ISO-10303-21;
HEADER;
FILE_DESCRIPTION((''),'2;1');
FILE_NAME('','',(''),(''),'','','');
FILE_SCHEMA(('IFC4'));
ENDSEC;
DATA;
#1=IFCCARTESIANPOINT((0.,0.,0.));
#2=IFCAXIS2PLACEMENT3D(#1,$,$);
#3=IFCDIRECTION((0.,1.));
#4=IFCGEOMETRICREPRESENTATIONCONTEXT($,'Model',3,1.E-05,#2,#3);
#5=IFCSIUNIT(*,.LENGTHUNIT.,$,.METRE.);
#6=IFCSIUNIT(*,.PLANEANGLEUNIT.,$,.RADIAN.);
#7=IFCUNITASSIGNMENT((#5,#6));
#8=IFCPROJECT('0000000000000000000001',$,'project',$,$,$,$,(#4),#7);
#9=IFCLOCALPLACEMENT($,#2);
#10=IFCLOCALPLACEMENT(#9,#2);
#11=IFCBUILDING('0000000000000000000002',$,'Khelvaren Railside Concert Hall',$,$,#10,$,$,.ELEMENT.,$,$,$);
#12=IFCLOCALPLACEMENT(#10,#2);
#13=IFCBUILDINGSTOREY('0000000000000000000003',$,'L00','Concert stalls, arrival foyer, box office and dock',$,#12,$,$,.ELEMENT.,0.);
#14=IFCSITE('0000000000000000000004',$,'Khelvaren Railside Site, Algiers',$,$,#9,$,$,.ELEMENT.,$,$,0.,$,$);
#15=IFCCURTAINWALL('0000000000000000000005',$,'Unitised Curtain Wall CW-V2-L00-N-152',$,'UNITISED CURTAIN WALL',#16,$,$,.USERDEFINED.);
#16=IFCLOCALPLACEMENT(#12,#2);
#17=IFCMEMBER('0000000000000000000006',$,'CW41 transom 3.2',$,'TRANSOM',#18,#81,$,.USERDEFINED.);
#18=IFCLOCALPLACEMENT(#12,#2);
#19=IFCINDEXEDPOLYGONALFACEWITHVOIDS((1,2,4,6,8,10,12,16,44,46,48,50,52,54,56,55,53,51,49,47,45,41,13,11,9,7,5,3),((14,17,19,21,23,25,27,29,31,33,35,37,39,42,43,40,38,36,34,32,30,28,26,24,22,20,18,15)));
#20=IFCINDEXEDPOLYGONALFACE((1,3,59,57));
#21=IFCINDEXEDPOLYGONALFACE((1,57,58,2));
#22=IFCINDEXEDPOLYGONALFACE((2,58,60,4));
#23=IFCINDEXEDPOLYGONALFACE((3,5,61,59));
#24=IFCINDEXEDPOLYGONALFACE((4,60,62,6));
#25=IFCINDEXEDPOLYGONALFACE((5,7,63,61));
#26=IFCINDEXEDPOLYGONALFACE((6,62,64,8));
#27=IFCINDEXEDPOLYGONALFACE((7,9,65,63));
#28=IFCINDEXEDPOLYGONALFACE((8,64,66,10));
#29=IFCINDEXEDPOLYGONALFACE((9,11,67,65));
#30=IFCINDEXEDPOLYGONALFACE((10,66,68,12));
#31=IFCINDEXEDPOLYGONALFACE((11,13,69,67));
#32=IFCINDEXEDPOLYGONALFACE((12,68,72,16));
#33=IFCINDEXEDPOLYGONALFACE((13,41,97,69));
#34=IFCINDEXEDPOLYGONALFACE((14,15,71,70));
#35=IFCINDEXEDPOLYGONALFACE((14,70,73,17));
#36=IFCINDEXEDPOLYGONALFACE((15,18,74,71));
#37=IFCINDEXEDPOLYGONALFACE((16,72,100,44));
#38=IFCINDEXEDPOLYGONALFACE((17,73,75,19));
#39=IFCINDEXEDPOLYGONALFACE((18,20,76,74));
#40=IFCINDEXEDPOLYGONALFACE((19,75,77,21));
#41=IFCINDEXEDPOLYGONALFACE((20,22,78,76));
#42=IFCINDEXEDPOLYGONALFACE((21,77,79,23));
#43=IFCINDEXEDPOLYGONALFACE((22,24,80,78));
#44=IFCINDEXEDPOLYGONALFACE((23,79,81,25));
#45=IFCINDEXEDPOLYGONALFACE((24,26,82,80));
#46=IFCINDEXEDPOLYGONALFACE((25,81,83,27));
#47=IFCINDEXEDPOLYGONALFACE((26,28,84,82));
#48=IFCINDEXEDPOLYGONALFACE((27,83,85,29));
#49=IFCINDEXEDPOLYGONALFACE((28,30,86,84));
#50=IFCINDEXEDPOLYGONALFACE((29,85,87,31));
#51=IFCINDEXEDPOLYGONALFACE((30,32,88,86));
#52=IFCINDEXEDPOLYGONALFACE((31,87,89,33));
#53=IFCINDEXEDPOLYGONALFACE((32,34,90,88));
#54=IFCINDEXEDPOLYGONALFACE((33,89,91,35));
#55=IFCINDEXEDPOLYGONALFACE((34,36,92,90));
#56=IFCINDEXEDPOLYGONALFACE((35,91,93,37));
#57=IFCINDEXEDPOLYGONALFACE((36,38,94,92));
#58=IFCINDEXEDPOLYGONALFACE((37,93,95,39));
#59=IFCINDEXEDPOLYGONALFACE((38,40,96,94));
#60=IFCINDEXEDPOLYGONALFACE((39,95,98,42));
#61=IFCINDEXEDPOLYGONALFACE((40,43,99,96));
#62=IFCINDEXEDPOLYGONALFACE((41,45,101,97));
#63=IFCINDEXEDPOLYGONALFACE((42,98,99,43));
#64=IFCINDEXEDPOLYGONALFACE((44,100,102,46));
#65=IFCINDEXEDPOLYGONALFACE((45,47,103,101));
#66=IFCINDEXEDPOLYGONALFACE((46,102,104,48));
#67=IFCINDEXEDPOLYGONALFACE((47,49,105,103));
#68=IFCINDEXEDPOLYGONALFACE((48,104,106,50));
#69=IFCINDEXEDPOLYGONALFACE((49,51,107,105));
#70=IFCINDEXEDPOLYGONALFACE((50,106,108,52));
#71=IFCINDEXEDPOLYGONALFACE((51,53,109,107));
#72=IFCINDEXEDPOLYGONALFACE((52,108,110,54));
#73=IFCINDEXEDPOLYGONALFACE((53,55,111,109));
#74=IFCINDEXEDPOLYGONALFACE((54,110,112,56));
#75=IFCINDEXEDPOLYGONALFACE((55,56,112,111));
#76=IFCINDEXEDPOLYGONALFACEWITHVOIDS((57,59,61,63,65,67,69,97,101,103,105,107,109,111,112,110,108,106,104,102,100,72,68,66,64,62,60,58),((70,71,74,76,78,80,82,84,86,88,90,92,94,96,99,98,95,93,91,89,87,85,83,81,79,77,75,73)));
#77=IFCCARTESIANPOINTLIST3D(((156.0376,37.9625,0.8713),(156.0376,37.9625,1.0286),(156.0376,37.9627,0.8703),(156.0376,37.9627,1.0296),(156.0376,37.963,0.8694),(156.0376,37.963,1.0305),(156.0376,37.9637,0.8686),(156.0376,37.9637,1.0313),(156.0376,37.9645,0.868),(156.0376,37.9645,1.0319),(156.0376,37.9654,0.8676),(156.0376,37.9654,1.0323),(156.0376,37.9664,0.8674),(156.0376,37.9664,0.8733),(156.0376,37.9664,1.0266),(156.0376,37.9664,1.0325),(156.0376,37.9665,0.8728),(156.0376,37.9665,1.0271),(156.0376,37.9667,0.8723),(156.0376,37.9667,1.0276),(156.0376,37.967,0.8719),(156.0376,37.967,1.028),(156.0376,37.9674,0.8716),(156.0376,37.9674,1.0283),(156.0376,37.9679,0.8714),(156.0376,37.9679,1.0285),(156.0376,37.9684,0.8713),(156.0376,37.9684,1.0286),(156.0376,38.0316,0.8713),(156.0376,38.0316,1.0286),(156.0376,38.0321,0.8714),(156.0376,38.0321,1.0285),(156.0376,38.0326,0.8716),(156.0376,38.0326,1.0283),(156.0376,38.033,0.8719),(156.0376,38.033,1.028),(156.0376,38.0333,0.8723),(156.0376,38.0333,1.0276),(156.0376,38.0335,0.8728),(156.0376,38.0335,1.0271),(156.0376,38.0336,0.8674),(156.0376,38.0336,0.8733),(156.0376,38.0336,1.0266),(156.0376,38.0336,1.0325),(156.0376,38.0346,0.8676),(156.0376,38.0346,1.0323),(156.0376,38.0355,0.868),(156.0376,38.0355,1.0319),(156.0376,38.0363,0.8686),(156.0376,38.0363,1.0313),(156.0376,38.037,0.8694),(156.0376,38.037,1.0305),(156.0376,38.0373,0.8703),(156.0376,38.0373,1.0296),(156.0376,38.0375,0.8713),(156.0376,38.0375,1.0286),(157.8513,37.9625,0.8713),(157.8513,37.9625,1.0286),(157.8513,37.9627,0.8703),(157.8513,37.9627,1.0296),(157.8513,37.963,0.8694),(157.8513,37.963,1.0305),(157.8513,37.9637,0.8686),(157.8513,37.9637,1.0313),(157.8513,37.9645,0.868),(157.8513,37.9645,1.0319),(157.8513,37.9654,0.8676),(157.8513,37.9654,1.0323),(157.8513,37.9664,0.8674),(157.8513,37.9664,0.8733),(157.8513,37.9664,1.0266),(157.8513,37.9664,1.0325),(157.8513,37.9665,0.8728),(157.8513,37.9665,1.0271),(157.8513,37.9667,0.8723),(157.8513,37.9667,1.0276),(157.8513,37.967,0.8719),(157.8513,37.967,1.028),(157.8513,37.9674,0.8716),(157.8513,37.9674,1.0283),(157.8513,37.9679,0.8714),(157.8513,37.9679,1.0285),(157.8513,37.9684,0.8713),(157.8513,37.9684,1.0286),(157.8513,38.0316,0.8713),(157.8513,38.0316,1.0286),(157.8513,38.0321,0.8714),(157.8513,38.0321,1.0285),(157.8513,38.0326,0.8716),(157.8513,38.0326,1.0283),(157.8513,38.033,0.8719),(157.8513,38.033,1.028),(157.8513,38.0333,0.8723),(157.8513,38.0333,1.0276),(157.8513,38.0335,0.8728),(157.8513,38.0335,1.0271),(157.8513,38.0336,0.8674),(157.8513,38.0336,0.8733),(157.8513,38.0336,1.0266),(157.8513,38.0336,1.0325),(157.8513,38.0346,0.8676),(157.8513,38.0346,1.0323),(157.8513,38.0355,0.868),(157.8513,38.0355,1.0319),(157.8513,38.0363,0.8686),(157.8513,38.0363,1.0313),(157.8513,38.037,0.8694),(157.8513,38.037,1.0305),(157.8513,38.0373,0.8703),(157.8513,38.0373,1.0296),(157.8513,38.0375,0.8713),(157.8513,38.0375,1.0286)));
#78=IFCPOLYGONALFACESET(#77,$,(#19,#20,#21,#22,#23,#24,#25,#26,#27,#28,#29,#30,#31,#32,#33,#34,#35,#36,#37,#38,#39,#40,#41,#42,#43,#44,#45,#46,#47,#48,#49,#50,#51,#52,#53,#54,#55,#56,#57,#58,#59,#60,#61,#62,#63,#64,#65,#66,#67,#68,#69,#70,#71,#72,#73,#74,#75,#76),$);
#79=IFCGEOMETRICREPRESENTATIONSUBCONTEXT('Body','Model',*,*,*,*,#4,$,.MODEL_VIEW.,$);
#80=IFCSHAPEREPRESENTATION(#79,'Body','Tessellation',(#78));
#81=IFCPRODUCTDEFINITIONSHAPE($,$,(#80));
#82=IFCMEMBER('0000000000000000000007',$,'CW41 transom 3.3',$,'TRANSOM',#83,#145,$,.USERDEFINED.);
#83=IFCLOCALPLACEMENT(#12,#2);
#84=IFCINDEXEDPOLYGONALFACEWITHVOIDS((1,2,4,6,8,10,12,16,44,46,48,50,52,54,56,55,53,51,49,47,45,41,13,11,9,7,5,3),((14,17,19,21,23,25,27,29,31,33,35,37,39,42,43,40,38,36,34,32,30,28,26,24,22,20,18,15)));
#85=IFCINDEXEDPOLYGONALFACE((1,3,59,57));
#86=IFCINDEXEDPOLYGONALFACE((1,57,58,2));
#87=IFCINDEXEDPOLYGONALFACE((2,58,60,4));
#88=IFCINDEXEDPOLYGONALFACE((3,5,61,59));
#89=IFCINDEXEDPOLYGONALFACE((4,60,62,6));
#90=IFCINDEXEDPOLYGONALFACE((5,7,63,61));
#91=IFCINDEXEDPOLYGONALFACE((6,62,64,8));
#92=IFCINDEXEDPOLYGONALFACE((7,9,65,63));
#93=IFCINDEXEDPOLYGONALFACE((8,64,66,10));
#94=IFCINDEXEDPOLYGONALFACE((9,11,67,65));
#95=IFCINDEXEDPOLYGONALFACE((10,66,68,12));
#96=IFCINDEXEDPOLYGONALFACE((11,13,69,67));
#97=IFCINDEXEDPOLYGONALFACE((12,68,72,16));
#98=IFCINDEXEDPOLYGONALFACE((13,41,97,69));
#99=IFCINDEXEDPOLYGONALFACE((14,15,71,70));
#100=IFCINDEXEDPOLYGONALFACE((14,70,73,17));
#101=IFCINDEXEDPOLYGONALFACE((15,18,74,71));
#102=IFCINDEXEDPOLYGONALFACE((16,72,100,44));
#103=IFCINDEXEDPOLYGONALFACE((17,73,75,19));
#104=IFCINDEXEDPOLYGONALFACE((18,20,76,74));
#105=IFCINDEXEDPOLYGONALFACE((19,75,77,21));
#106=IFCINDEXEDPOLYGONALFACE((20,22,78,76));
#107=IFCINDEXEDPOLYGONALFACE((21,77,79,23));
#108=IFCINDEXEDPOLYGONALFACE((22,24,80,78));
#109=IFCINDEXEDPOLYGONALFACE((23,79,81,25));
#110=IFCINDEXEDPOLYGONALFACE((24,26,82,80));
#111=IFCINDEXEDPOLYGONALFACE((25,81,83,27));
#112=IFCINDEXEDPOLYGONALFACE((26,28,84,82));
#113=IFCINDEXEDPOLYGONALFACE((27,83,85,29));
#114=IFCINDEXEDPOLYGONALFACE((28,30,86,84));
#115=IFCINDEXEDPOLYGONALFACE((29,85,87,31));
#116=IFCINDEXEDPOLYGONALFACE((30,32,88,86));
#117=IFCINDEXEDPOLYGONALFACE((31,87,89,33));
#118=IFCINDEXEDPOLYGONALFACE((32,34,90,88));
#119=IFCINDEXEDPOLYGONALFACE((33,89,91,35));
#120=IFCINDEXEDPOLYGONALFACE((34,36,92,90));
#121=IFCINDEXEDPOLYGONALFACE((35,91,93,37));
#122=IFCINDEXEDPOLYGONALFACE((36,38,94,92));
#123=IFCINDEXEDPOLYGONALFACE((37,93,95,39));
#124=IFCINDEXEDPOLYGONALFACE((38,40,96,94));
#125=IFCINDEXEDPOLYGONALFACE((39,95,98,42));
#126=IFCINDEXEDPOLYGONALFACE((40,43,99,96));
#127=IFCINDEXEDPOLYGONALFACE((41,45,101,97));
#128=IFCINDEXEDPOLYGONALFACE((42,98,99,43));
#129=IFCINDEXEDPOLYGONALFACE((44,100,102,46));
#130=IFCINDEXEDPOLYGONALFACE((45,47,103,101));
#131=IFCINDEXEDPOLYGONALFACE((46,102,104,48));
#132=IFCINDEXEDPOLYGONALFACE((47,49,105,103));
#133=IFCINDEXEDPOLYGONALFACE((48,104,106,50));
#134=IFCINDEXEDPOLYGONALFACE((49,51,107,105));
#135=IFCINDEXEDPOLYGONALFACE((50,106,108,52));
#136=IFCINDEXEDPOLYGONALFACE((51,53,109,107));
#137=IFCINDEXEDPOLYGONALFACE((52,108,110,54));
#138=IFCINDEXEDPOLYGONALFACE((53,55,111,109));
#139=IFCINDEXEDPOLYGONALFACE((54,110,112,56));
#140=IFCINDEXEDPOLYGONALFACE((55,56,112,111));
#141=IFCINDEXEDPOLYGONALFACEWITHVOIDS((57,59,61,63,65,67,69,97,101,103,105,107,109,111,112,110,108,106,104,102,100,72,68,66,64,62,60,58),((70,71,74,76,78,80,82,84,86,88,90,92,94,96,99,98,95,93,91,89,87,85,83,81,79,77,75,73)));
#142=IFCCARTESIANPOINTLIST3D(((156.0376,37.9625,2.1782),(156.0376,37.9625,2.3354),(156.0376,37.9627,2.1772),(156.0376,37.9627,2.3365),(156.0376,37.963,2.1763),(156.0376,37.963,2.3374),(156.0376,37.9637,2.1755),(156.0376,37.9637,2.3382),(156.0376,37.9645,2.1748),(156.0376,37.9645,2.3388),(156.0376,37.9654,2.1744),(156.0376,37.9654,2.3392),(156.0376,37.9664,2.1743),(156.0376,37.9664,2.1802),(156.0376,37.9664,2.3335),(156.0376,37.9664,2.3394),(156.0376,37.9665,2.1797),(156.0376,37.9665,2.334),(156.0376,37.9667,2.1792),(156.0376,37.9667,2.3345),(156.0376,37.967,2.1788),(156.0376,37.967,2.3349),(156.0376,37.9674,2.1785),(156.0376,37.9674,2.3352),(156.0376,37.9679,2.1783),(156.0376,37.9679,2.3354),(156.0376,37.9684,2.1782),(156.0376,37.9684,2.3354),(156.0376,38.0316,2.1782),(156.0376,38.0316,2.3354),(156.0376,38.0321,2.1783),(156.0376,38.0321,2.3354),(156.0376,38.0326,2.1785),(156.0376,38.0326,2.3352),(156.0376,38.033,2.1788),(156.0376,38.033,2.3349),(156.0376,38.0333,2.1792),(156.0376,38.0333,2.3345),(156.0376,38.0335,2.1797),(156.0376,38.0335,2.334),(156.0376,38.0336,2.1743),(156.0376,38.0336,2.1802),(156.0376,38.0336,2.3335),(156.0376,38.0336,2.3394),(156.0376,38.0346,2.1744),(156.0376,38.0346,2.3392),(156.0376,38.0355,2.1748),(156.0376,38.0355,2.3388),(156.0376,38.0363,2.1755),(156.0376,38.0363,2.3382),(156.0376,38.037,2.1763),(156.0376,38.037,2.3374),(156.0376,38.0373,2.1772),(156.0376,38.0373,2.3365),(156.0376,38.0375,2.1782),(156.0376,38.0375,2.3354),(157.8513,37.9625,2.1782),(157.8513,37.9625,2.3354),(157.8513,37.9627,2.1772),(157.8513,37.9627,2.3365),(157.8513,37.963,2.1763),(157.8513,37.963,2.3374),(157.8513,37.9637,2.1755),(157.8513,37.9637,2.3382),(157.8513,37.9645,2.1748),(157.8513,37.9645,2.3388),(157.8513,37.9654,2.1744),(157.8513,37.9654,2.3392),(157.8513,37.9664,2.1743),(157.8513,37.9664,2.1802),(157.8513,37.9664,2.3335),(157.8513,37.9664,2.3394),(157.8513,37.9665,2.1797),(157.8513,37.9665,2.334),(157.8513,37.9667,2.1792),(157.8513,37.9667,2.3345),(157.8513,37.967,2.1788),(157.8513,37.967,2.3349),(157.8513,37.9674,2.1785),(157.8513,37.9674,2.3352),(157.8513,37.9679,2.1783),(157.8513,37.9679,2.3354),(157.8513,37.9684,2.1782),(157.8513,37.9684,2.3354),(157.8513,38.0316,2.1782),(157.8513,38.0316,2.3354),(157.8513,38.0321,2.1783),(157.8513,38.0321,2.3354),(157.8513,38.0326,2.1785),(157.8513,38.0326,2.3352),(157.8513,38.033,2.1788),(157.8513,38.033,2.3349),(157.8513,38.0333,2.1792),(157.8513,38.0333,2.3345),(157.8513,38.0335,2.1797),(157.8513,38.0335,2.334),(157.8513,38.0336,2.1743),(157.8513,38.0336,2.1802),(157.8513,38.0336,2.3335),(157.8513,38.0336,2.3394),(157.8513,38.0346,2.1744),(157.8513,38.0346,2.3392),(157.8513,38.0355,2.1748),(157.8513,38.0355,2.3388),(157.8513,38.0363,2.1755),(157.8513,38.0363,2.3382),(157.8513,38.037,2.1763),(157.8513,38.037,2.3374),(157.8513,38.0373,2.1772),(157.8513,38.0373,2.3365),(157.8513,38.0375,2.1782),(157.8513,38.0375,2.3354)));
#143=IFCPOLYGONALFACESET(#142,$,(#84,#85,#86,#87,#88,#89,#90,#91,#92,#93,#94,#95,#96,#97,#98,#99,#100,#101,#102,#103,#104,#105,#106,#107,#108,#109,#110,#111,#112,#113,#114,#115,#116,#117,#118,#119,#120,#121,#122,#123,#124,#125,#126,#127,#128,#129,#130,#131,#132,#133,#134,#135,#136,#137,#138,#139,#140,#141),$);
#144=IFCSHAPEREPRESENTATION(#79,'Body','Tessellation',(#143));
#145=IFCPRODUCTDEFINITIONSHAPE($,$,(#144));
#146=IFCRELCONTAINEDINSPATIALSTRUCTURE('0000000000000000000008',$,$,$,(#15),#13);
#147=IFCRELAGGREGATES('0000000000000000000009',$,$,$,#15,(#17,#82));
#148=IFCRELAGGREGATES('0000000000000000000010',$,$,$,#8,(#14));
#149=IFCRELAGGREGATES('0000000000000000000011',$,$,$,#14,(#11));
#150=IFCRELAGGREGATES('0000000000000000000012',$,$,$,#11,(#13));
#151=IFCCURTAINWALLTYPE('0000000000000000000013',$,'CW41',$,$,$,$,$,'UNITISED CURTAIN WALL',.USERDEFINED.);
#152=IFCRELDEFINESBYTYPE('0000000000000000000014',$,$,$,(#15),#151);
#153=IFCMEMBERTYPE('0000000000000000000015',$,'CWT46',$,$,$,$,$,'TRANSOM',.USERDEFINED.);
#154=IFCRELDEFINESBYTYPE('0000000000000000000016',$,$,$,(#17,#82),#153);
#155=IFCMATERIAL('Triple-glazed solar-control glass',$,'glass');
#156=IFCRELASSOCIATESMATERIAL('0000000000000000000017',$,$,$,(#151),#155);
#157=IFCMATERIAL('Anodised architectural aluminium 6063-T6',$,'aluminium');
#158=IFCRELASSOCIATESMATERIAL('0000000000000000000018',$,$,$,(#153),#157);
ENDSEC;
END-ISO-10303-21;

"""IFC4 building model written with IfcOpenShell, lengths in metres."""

from ifc_helpers import new_model, si_unit, direction, frame, origin, origin_2d, place, context, subcontext, project, spatial, hollow_rectangle, extrude, material, material_profile, profile_set, type_object, element, aggregate, save


model = new_model("IFC4")

# Units and contexts
model_context = context("Model", 3, precision=1e-05, world=origin(), true_north=direction((0.0, 1.0)))
body_context = subcontext(model_context, "Body", "Model", "MODEL_VIEW")
ifc_project = project(units=[si_unit("LENGTHUNIT", "METRE"), si_unit("PLANEANGLEUNIT", "RADIAN")], contexts=[model_context])

# Site, building, storey
site_placement = place(None, origin())
site = spatial("IfcSite", under=ifc_project, at=site_placement, Name="Khelvaren Railside Site, Algiers", CompositionType="ELEMENT", RefElevation=0.0)
building_placement = place(site_placement, origin())
building = spatial("IfcBuilding", under=site, at=building_placement, Name="Khelvaren Railside Concert Hall", CompositionType="ELEMENT")
storey_placement = place(building_placement, origin())
storey = spatial("IfcBuildingStorey", under=building, at=storey_placement, Name="L00", Description="Concert stalls, arrival foyer, box office and dock", CompositionType="ELEMENT", Elevation=0.0)

# Curtain wall, members
ifc_material_1 = material(Name="Triple-glazed solar-control glass", Category="glass")
curtain_wall_type = type_object("IfcCurtainWallType", Name="CW41", ElementType="UNITISED CURTAIN WALL", PredefinedType="USERDEFINED", material=ifc_material_1)
curtain_wall_placement = place(storey_placement, origin())
curtain_wall = element("IfcCurtainWall", 1, at=curtain_wall_placement, inside=storey, type_object=curtain_wall_type, Name="Unitised Curtain Wall CW-V2-L00-N-152", ObjectType="UNITISED CURTAIN WALL", PredefinedType="USERDEFINED")
ifc_material_2 = material(Name="Anodised architectural aluminium 6063-T6", Category="aluminium")
ifc_material_profile_1 = material_profile(ifc_material_2, hollow_rectangle(XDim=0.075, YDim=0.165, WallThickness=0.0039, InnerFilletRadius=0.002, OuterFilletRadius=0.0039, at=origin_2d()), Name="CWT 75x165x4")
ifc_profile_set_1 = profile_set([ifc_material_profile_1], Name="Anodised architectural aluminium 6063-T6")
member_type_1 = type_object("IfcMemberType", Name="CWT46", ElementType="TRANSOM", PredefinedType="USERDEFINED", material=ifc_profile_set_1)
member_1_placement = place(storey_placement, frame((156.0376, 38.0, 0.95), z_axis=(1.0, 0.0, 0.0), x_axis=(0.0, 1.0, 0.0)))
member_1 = element("IfcMember", 2, at=member_1_placement, type_object=member_type_1, Name="CW41 transom 3.2", ObjectType="TRANSOM", PredefinedType="USERDEFINED", context=body_context, shape_type="SweptSolid", body=[
    extrude(hollow_rectangle(XDim=0.075, YDim=0.165, WallThickness=0.0039, InnerFilletRadius=0.002, OuterFilletRadius=0.0039, at=origin_2d()), origin(), (0.0, 0.0, 1.0), 1.8137),
])
member_2_placement = place(storey_placement, frame((156.0376, 38.0, 2.2568), z_axis=(1.0, 0.0, 0.0), x_axis=(0.0, 1.0, 0.0)))
member_2 = element("IfcMember", 3, at=member_2_placement, type_object=member_type_1, Name="CW41 transom 3.3", ObjectType="TRANSOM", PredefinedType="USERDEFINED", context=body_context, shape_type="SweptSolid", body=[
    extrude(hollow_rectangle(XDim=0.075, YDim=0.165, WallThickness=0.0039, InnerFilletRadius=0.002, OuterFilletRadius=0.0039, at=origin_2d()), origin(), (0.0, 0.0, 1.0), 1.8137),
])
aggregate(curtain_wall, [member_1, member_2])

save(model, "model.ifc")
